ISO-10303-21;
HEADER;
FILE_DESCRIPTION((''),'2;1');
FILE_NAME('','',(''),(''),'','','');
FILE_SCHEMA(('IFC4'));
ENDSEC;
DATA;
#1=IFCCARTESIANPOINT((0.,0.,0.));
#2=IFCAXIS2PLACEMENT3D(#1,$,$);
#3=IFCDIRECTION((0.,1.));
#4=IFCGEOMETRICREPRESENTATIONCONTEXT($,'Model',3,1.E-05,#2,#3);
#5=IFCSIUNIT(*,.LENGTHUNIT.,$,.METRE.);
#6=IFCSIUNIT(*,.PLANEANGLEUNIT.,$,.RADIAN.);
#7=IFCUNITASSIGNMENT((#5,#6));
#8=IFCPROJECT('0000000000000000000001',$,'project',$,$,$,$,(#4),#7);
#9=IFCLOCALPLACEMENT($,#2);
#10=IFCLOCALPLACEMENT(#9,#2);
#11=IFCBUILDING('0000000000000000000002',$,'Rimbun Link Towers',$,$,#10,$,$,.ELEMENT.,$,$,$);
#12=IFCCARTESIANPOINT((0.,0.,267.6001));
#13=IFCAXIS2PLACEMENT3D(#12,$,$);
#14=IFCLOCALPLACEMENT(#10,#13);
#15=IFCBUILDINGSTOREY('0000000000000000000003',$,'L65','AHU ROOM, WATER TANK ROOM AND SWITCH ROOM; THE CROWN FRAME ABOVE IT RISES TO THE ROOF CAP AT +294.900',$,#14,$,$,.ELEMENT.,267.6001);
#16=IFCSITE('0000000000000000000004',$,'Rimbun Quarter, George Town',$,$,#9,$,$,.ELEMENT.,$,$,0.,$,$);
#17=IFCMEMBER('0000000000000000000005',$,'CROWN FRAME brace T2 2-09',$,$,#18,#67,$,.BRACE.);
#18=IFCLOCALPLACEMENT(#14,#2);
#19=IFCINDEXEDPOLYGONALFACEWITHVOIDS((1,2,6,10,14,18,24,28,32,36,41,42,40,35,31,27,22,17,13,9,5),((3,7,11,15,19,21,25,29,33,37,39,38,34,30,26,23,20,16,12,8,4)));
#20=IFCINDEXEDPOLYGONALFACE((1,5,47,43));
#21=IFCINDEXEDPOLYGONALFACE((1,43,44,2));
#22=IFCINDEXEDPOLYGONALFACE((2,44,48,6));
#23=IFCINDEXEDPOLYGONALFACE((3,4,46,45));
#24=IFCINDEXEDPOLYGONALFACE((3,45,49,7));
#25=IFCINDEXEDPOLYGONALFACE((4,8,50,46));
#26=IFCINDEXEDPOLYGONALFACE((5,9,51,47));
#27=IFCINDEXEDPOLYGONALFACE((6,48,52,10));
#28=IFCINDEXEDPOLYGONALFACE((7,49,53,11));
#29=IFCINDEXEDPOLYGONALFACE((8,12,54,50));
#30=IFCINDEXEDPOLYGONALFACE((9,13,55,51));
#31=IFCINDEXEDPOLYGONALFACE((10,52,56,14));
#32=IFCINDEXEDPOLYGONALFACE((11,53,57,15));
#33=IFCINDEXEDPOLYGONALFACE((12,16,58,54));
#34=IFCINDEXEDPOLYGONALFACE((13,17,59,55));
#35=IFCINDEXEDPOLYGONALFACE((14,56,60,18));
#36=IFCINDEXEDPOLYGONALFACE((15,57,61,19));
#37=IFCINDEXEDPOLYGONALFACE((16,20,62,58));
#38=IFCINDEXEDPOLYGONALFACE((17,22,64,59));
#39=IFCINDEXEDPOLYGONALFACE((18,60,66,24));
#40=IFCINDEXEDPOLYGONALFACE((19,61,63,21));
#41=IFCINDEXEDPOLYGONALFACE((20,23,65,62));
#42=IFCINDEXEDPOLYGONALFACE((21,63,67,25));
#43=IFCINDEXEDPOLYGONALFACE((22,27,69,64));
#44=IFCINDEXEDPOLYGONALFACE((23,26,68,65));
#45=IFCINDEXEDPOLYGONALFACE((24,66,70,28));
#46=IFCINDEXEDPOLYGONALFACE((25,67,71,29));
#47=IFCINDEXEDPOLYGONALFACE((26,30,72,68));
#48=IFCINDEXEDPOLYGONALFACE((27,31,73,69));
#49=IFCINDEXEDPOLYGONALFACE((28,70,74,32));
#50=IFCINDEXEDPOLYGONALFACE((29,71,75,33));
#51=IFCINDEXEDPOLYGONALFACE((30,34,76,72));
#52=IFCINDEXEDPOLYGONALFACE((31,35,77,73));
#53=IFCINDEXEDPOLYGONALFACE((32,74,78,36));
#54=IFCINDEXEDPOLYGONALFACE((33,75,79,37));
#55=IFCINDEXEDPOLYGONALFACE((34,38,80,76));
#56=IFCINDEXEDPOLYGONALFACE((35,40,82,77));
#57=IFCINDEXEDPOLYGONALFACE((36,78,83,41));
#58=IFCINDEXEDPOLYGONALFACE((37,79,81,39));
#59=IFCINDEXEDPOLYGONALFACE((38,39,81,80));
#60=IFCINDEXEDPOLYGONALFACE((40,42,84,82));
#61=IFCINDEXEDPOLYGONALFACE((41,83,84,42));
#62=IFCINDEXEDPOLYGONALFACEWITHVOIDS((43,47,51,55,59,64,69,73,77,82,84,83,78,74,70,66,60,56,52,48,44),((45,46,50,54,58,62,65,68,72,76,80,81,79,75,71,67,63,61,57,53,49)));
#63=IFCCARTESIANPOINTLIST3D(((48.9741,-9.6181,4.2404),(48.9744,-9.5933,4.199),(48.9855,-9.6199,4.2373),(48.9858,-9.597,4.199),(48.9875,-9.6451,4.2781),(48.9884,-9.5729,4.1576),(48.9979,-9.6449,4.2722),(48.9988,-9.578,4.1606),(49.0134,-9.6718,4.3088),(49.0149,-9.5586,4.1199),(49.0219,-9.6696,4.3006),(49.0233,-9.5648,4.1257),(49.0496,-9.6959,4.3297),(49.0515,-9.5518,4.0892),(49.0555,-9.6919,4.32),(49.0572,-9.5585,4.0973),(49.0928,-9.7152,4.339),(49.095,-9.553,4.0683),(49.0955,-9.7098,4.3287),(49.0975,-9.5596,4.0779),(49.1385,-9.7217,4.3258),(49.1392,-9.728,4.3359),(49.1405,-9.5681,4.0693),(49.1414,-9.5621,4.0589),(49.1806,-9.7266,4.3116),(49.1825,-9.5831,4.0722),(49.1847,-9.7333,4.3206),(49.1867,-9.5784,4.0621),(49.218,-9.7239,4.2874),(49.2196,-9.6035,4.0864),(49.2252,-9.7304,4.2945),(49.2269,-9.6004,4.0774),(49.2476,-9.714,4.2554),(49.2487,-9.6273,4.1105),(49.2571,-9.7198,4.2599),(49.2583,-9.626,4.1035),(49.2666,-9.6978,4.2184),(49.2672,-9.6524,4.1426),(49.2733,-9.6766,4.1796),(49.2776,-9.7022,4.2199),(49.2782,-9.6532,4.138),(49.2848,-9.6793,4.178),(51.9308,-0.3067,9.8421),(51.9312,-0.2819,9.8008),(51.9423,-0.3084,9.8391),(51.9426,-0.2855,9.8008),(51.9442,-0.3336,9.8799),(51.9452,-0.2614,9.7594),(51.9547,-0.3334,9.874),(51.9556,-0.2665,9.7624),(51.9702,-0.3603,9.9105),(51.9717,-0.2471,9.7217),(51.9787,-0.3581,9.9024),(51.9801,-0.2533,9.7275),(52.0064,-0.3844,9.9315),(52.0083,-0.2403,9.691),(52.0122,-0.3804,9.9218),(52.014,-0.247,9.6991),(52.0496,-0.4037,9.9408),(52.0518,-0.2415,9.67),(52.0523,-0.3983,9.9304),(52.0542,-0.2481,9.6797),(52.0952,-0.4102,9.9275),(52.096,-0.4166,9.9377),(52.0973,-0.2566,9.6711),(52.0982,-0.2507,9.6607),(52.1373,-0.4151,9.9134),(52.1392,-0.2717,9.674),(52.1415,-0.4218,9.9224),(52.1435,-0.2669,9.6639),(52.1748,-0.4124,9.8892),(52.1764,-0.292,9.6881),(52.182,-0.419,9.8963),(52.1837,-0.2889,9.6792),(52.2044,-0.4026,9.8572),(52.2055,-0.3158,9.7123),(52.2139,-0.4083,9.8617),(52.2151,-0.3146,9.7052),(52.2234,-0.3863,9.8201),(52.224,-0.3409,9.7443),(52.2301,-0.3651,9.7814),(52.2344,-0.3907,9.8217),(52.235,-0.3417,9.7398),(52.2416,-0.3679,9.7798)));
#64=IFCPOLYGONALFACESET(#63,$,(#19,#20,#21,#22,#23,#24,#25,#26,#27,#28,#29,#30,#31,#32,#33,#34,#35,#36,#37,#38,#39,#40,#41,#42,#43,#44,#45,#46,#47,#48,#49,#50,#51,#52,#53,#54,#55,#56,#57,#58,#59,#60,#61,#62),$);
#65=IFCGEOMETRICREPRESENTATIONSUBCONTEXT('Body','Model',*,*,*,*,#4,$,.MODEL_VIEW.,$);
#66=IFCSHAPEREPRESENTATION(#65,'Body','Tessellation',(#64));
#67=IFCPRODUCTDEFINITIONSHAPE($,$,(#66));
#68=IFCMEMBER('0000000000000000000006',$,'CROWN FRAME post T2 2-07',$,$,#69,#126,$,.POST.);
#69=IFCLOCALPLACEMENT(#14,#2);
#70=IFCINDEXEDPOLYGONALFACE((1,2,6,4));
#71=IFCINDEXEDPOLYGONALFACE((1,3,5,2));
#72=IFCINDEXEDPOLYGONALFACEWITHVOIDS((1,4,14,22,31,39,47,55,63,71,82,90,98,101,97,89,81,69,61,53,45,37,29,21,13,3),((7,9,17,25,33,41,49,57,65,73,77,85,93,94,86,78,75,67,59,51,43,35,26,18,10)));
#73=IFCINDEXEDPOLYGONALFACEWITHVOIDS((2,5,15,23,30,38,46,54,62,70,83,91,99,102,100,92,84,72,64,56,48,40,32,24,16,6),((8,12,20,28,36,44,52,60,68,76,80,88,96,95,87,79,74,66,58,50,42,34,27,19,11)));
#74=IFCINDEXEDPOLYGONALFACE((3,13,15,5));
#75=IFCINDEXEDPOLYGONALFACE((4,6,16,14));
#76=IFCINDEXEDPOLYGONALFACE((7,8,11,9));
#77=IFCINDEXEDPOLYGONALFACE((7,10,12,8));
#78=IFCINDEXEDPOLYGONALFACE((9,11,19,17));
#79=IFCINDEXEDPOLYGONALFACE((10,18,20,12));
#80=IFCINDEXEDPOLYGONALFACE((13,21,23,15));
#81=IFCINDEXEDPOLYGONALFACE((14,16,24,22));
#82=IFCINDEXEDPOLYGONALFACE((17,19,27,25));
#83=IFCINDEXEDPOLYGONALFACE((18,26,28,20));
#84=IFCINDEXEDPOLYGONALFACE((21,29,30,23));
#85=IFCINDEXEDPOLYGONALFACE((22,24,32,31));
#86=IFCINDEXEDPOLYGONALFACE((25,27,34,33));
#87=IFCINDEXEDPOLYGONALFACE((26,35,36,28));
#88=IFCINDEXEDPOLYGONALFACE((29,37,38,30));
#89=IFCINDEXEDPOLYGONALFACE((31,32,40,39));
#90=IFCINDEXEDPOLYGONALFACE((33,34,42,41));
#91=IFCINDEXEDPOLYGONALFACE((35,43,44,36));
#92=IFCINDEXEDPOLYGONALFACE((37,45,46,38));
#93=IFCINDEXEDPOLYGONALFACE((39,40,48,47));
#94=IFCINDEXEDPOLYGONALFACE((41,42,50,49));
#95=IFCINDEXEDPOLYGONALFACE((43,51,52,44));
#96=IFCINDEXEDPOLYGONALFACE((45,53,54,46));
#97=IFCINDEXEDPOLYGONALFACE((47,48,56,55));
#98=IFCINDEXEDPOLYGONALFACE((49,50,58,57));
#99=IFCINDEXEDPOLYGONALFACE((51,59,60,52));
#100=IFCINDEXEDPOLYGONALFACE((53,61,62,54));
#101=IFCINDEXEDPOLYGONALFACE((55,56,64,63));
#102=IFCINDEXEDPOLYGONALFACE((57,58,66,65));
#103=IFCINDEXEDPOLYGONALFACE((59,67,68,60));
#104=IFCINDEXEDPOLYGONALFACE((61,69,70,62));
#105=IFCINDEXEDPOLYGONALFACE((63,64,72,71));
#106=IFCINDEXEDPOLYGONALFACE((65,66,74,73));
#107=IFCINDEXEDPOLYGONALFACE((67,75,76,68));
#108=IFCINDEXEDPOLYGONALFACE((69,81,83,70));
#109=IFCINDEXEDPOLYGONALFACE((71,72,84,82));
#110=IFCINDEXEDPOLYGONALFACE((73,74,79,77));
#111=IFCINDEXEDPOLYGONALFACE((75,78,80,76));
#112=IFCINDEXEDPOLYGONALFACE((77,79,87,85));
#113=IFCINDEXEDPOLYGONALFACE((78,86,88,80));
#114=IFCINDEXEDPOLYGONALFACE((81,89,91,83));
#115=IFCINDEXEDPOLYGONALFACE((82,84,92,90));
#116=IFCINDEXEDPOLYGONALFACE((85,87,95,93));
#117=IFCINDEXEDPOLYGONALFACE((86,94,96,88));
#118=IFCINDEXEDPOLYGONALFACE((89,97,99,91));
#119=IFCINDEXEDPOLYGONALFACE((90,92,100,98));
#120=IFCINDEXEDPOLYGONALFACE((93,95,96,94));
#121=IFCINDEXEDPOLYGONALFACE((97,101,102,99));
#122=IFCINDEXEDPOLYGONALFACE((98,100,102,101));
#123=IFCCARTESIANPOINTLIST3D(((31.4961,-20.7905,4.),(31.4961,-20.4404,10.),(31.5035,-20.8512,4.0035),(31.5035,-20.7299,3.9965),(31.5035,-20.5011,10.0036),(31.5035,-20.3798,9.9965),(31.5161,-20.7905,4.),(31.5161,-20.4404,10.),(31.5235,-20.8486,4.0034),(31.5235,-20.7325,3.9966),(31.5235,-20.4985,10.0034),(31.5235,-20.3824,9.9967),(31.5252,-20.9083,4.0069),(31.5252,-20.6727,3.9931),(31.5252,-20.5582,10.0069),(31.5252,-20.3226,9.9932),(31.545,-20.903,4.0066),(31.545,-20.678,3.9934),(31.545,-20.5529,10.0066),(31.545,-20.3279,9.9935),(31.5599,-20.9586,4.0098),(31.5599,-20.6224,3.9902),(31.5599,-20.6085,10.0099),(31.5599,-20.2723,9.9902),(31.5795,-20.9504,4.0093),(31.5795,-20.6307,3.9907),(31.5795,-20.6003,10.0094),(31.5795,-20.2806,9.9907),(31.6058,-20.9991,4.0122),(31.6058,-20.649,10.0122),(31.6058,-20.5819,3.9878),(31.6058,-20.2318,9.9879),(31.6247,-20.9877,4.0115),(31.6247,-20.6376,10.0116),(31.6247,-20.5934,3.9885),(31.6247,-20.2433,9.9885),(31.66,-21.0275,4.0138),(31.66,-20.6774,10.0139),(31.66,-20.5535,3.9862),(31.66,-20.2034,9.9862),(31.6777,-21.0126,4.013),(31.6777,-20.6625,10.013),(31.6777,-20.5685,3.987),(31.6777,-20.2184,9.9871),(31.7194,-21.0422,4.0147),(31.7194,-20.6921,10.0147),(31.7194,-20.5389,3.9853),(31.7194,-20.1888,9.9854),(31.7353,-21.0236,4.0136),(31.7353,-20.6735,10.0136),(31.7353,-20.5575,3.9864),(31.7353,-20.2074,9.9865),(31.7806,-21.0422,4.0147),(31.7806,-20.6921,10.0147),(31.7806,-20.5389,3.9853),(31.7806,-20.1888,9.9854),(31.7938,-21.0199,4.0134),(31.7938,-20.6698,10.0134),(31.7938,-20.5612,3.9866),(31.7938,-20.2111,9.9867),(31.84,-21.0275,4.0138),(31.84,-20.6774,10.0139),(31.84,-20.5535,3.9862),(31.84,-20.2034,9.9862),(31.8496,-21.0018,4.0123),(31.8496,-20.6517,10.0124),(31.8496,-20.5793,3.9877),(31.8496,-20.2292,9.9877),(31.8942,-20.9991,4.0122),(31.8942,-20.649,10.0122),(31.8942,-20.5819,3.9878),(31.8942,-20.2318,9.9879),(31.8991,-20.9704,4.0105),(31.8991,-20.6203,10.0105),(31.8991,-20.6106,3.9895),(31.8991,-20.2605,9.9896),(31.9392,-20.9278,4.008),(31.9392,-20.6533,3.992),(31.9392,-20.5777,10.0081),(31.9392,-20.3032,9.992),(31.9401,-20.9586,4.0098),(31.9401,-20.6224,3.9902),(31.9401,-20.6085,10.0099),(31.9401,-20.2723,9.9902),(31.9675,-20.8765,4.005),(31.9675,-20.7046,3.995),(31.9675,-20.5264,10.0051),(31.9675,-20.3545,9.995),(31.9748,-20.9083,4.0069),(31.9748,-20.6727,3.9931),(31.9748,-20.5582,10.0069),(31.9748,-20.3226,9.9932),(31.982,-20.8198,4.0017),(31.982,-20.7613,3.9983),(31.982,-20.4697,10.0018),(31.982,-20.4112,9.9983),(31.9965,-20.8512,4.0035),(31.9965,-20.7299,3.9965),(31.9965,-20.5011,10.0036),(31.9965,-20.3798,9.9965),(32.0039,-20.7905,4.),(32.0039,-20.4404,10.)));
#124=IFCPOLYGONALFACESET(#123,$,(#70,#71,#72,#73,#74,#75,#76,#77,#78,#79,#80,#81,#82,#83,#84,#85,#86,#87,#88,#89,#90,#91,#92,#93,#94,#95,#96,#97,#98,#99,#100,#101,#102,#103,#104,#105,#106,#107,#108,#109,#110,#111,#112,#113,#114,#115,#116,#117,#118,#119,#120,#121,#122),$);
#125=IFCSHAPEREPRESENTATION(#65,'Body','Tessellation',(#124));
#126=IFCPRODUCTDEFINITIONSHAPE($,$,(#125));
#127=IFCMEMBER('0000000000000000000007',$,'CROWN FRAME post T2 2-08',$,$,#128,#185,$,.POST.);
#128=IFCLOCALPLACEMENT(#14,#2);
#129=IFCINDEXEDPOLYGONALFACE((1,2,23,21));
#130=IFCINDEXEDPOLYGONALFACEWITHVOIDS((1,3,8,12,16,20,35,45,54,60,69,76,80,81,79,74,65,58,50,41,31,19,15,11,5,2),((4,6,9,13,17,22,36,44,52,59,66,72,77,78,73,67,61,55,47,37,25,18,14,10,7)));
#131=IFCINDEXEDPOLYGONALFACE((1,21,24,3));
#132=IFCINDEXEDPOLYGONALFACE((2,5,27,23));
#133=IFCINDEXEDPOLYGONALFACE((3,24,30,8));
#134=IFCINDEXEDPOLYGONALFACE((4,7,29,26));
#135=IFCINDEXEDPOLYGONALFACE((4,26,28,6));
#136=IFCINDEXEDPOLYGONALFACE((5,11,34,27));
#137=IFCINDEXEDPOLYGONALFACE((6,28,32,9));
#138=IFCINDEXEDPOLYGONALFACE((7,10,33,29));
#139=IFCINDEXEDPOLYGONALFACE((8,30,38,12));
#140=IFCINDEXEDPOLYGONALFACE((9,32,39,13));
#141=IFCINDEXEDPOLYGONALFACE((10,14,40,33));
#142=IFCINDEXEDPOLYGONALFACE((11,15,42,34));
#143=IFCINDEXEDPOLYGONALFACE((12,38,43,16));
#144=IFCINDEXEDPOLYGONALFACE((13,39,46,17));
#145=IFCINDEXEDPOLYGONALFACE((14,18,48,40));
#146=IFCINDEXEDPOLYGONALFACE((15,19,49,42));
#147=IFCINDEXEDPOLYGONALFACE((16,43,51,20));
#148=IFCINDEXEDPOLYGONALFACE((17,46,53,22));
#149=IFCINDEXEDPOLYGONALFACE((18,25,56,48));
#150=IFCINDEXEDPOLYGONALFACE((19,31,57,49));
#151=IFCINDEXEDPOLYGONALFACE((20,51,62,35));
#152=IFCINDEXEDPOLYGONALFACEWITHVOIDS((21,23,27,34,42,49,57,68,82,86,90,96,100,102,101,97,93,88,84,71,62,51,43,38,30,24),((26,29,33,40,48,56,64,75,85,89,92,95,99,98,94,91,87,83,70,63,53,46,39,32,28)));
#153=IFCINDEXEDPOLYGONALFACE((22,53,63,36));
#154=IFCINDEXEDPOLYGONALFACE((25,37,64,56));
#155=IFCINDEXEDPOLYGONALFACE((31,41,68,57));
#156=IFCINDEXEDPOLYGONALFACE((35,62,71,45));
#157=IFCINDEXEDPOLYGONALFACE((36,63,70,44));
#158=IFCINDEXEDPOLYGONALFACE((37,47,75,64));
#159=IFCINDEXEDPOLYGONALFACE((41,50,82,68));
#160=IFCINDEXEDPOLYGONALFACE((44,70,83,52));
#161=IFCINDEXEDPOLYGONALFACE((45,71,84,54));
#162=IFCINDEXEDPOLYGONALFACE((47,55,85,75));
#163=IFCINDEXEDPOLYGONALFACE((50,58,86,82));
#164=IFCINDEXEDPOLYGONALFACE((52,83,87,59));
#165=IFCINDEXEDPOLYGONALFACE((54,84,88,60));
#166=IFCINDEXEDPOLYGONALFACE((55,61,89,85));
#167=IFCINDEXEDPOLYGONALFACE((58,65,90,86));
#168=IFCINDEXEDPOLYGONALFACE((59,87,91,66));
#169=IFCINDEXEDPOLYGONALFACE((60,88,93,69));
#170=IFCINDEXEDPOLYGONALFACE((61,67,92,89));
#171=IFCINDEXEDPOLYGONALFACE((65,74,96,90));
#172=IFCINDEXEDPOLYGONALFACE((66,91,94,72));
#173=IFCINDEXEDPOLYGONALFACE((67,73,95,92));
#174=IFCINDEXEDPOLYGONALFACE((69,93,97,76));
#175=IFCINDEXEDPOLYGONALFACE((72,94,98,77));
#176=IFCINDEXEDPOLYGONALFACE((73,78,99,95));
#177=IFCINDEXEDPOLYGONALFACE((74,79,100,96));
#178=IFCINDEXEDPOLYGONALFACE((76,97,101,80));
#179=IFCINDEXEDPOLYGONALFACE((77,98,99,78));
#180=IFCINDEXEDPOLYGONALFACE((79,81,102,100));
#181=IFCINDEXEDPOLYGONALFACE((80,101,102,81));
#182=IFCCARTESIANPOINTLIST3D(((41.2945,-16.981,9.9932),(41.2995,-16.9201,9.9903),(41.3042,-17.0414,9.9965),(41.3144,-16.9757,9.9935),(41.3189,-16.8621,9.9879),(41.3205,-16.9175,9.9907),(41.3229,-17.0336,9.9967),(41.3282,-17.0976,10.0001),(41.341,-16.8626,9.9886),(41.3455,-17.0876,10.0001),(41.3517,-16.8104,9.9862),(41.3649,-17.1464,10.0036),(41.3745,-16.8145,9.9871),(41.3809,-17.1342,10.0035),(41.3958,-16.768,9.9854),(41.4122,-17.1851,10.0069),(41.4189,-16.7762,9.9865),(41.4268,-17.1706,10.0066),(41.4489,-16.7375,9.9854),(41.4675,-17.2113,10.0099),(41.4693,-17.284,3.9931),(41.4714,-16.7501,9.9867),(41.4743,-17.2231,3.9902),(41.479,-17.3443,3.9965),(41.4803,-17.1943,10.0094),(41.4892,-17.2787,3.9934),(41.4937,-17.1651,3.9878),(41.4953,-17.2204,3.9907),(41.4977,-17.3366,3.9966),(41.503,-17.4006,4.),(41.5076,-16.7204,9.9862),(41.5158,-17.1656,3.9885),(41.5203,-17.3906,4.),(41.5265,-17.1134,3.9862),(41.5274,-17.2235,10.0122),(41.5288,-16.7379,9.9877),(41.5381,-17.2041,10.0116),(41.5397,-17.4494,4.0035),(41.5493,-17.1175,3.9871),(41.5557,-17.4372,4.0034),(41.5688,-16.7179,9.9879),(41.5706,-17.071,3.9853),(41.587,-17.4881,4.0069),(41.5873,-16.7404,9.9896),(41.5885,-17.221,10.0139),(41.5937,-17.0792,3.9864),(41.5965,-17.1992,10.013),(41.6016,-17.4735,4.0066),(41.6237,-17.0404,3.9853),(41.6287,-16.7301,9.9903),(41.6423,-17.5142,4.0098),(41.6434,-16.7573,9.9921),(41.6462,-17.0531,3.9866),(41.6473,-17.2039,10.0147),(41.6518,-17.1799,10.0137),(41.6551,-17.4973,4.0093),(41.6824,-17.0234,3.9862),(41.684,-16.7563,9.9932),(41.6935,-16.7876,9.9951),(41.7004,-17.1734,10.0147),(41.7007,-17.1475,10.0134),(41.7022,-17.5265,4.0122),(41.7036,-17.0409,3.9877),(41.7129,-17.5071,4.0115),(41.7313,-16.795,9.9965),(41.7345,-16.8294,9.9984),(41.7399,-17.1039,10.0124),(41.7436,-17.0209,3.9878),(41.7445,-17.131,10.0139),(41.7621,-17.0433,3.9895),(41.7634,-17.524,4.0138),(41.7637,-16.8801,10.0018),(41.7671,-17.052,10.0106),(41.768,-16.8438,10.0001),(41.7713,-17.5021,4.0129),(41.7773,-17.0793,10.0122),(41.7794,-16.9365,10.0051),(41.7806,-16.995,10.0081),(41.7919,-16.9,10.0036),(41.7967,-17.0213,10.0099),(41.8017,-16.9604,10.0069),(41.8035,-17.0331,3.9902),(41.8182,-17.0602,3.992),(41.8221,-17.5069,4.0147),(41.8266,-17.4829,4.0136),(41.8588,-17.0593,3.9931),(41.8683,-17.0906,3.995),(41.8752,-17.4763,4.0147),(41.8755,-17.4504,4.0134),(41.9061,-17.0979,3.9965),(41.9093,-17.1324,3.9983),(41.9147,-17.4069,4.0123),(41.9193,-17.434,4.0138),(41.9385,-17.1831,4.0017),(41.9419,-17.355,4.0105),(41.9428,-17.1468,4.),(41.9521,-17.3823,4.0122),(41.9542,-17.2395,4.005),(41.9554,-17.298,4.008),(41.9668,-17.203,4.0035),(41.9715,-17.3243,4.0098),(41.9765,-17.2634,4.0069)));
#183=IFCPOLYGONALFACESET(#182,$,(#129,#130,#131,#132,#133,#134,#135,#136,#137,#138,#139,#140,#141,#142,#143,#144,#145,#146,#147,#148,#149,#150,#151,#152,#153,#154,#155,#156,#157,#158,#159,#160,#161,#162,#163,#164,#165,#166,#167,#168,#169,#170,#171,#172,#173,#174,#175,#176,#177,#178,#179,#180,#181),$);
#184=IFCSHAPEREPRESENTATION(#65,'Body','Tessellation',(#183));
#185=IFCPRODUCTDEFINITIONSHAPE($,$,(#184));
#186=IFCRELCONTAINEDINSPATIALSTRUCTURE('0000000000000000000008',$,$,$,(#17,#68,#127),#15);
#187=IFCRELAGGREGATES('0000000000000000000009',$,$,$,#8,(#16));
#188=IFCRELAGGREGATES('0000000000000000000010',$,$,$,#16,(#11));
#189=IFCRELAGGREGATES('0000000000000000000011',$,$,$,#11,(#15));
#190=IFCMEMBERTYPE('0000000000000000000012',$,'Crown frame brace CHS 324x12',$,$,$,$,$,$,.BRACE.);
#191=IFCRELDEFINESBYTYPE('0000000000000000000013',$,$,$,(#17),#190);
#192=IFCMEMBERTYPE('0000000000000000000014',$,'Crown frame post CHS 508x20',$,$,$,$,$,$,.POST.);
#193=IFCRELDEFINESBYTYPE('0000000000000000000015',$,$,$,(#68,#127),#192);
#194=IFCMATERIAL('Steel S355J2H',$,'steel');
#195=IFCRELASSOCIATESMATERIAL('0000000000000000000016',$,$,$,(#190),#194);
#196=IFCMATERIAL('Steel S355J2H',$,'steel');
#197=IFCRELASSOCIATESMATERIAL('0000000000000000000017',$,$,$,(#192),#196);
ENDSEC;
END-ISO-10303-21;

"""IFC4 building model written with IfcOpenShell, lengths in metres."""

from ifc_helpers import new_model, si_unit, direction, frame, origin, origin_2d, place, context, subcontext, project, spatial, hollow_circle, extrude, material, material_profile, profile_set, type_object, element, save


model = new_model("IFC4")

# Units and contexts
model_context = context("Model", 3, precision=1e-05, world=origin(), true_north=direction((0.0, 1.0)))
body_context = subcontext(model_context, "Body", "Model", "MODEL_VIEW")
ifc_project = project(units=[si_unit("LENGTHUNIT", "METRE"), si_unit("PLANEANGLEUNIT", "RADIAN")], contexts=[model_context])

# Site, building, storey
site_placement = place(None, origin())
site = spatial("IfcSite", under=ifc_project, at=site_placement, Name="Rimbun Quarter, George Town", CompositionType="ELEMENT", RefElevation=0.0)
building_placement = place(site_placement, origin())
building = spatial("IfcBuilding", under=site, at=building_placement, Name="Rimbun Link Towers", CompositionType="ELEMENT")
storey_placement = place(building_placement, frame((0.0, 0.0, 267.6001)))
storey = spatial("IfcBuildingStorey", under=building, at=storey_placement, Name="L65", Description="AHU ROOM, WATER TANK ROOM AND SWITCH ROOM; THE CROWN FRAME ABOVE IT RISES TO THE ROOF CAP AT +294.900", CompositionType="ELEMENT", Elevation=267.6001)

# Members
ifc_material_1 = material(Name="Steel S355J2H", Category="steel")
ifc_material_profile_1 = material_profile(ifc_material_1, hollow_circle(Radius=0.1619, WallThickness=0.012, at=origin_2d()), Name="Crown frame brace CHS 324x12")
ifc_profile_set_1 = profile_set([ifc_material_profile_1], Name="Steel S355J2H")
member_type_1 = type_object("IfcMemberType", Name="Crown frame brace CHS 324x12", PredefinedType="BRACE", material=ifc_profile_set_1)
member_1_placement = place(storey_placement, frame((49.1287, -9.6423, 4.199), z_axis=(0.262551, 0.826826, 0.497418), x_axis=(-0.953102, 0.302649, 0.0)))
element("IfcMember", 1, at=member_1_placement, inside=storey, type_object=member_type_1, Name="CROWN FRAME brace T2 2-09", PredefinedType="BRACE", context=body_context, shape_type="SweptSolid", body=[
    extrude(hollow_circle(Radius=0.1619, WallThickness=0.012, at=origin_2d()), origin(), (0.0, 0.0, 1.0), 11.2617),
])
ifc_material_2 = material(Name="Steel S355J2H", Category="steel")
ifc_material_profile_2 = material_profile(ifc_material_2, hollow_circle(Radius=0.2539, WallThickness=0.02, at=origin_2d()), Name="Crown frame post CHS 508x20")
ifc_profile_set_2 = profile_set([ifc_material_profile_2], Name="Steel S355J2H")
member_type_2 = type_object("IfcMemberType", Name="Crown frame post CHS 508x20", PredefinedType="POST", material=ifc_profile_set_2)
for number, where, z_axis, x_axis, name in (
    (2, (31.75, -20.7905, 4.0), (0.0, 0.058251, 0.998302), (-1.0, 0.0, 0.0), "CROWN FRAME post T2 2-07"),
    (3, (41.7229, -17.2737, 4.0), (-0.029085, 0.050411, 0.998305), (-0.866174, -0.499743, 0.0), "CROWN FRAME post T2 2-08"),
):
    element("IfcMember", number, at=place(storey_placement, frame(where, z_axis=z_axis, x_axis=x_axis)), inside=storey, type_object=member_type_2, Name=name, PredefinedType="POST", context=body_context, shape_type="SweptSolid", body=[
        extrude(hollow_circle(Radius=0.2539, WallThickness=0.02, at=origin_2d()), origin(), (0.0, 0.0, 1.0), 6.0103),
    ])

save(model, "model.ifc")
